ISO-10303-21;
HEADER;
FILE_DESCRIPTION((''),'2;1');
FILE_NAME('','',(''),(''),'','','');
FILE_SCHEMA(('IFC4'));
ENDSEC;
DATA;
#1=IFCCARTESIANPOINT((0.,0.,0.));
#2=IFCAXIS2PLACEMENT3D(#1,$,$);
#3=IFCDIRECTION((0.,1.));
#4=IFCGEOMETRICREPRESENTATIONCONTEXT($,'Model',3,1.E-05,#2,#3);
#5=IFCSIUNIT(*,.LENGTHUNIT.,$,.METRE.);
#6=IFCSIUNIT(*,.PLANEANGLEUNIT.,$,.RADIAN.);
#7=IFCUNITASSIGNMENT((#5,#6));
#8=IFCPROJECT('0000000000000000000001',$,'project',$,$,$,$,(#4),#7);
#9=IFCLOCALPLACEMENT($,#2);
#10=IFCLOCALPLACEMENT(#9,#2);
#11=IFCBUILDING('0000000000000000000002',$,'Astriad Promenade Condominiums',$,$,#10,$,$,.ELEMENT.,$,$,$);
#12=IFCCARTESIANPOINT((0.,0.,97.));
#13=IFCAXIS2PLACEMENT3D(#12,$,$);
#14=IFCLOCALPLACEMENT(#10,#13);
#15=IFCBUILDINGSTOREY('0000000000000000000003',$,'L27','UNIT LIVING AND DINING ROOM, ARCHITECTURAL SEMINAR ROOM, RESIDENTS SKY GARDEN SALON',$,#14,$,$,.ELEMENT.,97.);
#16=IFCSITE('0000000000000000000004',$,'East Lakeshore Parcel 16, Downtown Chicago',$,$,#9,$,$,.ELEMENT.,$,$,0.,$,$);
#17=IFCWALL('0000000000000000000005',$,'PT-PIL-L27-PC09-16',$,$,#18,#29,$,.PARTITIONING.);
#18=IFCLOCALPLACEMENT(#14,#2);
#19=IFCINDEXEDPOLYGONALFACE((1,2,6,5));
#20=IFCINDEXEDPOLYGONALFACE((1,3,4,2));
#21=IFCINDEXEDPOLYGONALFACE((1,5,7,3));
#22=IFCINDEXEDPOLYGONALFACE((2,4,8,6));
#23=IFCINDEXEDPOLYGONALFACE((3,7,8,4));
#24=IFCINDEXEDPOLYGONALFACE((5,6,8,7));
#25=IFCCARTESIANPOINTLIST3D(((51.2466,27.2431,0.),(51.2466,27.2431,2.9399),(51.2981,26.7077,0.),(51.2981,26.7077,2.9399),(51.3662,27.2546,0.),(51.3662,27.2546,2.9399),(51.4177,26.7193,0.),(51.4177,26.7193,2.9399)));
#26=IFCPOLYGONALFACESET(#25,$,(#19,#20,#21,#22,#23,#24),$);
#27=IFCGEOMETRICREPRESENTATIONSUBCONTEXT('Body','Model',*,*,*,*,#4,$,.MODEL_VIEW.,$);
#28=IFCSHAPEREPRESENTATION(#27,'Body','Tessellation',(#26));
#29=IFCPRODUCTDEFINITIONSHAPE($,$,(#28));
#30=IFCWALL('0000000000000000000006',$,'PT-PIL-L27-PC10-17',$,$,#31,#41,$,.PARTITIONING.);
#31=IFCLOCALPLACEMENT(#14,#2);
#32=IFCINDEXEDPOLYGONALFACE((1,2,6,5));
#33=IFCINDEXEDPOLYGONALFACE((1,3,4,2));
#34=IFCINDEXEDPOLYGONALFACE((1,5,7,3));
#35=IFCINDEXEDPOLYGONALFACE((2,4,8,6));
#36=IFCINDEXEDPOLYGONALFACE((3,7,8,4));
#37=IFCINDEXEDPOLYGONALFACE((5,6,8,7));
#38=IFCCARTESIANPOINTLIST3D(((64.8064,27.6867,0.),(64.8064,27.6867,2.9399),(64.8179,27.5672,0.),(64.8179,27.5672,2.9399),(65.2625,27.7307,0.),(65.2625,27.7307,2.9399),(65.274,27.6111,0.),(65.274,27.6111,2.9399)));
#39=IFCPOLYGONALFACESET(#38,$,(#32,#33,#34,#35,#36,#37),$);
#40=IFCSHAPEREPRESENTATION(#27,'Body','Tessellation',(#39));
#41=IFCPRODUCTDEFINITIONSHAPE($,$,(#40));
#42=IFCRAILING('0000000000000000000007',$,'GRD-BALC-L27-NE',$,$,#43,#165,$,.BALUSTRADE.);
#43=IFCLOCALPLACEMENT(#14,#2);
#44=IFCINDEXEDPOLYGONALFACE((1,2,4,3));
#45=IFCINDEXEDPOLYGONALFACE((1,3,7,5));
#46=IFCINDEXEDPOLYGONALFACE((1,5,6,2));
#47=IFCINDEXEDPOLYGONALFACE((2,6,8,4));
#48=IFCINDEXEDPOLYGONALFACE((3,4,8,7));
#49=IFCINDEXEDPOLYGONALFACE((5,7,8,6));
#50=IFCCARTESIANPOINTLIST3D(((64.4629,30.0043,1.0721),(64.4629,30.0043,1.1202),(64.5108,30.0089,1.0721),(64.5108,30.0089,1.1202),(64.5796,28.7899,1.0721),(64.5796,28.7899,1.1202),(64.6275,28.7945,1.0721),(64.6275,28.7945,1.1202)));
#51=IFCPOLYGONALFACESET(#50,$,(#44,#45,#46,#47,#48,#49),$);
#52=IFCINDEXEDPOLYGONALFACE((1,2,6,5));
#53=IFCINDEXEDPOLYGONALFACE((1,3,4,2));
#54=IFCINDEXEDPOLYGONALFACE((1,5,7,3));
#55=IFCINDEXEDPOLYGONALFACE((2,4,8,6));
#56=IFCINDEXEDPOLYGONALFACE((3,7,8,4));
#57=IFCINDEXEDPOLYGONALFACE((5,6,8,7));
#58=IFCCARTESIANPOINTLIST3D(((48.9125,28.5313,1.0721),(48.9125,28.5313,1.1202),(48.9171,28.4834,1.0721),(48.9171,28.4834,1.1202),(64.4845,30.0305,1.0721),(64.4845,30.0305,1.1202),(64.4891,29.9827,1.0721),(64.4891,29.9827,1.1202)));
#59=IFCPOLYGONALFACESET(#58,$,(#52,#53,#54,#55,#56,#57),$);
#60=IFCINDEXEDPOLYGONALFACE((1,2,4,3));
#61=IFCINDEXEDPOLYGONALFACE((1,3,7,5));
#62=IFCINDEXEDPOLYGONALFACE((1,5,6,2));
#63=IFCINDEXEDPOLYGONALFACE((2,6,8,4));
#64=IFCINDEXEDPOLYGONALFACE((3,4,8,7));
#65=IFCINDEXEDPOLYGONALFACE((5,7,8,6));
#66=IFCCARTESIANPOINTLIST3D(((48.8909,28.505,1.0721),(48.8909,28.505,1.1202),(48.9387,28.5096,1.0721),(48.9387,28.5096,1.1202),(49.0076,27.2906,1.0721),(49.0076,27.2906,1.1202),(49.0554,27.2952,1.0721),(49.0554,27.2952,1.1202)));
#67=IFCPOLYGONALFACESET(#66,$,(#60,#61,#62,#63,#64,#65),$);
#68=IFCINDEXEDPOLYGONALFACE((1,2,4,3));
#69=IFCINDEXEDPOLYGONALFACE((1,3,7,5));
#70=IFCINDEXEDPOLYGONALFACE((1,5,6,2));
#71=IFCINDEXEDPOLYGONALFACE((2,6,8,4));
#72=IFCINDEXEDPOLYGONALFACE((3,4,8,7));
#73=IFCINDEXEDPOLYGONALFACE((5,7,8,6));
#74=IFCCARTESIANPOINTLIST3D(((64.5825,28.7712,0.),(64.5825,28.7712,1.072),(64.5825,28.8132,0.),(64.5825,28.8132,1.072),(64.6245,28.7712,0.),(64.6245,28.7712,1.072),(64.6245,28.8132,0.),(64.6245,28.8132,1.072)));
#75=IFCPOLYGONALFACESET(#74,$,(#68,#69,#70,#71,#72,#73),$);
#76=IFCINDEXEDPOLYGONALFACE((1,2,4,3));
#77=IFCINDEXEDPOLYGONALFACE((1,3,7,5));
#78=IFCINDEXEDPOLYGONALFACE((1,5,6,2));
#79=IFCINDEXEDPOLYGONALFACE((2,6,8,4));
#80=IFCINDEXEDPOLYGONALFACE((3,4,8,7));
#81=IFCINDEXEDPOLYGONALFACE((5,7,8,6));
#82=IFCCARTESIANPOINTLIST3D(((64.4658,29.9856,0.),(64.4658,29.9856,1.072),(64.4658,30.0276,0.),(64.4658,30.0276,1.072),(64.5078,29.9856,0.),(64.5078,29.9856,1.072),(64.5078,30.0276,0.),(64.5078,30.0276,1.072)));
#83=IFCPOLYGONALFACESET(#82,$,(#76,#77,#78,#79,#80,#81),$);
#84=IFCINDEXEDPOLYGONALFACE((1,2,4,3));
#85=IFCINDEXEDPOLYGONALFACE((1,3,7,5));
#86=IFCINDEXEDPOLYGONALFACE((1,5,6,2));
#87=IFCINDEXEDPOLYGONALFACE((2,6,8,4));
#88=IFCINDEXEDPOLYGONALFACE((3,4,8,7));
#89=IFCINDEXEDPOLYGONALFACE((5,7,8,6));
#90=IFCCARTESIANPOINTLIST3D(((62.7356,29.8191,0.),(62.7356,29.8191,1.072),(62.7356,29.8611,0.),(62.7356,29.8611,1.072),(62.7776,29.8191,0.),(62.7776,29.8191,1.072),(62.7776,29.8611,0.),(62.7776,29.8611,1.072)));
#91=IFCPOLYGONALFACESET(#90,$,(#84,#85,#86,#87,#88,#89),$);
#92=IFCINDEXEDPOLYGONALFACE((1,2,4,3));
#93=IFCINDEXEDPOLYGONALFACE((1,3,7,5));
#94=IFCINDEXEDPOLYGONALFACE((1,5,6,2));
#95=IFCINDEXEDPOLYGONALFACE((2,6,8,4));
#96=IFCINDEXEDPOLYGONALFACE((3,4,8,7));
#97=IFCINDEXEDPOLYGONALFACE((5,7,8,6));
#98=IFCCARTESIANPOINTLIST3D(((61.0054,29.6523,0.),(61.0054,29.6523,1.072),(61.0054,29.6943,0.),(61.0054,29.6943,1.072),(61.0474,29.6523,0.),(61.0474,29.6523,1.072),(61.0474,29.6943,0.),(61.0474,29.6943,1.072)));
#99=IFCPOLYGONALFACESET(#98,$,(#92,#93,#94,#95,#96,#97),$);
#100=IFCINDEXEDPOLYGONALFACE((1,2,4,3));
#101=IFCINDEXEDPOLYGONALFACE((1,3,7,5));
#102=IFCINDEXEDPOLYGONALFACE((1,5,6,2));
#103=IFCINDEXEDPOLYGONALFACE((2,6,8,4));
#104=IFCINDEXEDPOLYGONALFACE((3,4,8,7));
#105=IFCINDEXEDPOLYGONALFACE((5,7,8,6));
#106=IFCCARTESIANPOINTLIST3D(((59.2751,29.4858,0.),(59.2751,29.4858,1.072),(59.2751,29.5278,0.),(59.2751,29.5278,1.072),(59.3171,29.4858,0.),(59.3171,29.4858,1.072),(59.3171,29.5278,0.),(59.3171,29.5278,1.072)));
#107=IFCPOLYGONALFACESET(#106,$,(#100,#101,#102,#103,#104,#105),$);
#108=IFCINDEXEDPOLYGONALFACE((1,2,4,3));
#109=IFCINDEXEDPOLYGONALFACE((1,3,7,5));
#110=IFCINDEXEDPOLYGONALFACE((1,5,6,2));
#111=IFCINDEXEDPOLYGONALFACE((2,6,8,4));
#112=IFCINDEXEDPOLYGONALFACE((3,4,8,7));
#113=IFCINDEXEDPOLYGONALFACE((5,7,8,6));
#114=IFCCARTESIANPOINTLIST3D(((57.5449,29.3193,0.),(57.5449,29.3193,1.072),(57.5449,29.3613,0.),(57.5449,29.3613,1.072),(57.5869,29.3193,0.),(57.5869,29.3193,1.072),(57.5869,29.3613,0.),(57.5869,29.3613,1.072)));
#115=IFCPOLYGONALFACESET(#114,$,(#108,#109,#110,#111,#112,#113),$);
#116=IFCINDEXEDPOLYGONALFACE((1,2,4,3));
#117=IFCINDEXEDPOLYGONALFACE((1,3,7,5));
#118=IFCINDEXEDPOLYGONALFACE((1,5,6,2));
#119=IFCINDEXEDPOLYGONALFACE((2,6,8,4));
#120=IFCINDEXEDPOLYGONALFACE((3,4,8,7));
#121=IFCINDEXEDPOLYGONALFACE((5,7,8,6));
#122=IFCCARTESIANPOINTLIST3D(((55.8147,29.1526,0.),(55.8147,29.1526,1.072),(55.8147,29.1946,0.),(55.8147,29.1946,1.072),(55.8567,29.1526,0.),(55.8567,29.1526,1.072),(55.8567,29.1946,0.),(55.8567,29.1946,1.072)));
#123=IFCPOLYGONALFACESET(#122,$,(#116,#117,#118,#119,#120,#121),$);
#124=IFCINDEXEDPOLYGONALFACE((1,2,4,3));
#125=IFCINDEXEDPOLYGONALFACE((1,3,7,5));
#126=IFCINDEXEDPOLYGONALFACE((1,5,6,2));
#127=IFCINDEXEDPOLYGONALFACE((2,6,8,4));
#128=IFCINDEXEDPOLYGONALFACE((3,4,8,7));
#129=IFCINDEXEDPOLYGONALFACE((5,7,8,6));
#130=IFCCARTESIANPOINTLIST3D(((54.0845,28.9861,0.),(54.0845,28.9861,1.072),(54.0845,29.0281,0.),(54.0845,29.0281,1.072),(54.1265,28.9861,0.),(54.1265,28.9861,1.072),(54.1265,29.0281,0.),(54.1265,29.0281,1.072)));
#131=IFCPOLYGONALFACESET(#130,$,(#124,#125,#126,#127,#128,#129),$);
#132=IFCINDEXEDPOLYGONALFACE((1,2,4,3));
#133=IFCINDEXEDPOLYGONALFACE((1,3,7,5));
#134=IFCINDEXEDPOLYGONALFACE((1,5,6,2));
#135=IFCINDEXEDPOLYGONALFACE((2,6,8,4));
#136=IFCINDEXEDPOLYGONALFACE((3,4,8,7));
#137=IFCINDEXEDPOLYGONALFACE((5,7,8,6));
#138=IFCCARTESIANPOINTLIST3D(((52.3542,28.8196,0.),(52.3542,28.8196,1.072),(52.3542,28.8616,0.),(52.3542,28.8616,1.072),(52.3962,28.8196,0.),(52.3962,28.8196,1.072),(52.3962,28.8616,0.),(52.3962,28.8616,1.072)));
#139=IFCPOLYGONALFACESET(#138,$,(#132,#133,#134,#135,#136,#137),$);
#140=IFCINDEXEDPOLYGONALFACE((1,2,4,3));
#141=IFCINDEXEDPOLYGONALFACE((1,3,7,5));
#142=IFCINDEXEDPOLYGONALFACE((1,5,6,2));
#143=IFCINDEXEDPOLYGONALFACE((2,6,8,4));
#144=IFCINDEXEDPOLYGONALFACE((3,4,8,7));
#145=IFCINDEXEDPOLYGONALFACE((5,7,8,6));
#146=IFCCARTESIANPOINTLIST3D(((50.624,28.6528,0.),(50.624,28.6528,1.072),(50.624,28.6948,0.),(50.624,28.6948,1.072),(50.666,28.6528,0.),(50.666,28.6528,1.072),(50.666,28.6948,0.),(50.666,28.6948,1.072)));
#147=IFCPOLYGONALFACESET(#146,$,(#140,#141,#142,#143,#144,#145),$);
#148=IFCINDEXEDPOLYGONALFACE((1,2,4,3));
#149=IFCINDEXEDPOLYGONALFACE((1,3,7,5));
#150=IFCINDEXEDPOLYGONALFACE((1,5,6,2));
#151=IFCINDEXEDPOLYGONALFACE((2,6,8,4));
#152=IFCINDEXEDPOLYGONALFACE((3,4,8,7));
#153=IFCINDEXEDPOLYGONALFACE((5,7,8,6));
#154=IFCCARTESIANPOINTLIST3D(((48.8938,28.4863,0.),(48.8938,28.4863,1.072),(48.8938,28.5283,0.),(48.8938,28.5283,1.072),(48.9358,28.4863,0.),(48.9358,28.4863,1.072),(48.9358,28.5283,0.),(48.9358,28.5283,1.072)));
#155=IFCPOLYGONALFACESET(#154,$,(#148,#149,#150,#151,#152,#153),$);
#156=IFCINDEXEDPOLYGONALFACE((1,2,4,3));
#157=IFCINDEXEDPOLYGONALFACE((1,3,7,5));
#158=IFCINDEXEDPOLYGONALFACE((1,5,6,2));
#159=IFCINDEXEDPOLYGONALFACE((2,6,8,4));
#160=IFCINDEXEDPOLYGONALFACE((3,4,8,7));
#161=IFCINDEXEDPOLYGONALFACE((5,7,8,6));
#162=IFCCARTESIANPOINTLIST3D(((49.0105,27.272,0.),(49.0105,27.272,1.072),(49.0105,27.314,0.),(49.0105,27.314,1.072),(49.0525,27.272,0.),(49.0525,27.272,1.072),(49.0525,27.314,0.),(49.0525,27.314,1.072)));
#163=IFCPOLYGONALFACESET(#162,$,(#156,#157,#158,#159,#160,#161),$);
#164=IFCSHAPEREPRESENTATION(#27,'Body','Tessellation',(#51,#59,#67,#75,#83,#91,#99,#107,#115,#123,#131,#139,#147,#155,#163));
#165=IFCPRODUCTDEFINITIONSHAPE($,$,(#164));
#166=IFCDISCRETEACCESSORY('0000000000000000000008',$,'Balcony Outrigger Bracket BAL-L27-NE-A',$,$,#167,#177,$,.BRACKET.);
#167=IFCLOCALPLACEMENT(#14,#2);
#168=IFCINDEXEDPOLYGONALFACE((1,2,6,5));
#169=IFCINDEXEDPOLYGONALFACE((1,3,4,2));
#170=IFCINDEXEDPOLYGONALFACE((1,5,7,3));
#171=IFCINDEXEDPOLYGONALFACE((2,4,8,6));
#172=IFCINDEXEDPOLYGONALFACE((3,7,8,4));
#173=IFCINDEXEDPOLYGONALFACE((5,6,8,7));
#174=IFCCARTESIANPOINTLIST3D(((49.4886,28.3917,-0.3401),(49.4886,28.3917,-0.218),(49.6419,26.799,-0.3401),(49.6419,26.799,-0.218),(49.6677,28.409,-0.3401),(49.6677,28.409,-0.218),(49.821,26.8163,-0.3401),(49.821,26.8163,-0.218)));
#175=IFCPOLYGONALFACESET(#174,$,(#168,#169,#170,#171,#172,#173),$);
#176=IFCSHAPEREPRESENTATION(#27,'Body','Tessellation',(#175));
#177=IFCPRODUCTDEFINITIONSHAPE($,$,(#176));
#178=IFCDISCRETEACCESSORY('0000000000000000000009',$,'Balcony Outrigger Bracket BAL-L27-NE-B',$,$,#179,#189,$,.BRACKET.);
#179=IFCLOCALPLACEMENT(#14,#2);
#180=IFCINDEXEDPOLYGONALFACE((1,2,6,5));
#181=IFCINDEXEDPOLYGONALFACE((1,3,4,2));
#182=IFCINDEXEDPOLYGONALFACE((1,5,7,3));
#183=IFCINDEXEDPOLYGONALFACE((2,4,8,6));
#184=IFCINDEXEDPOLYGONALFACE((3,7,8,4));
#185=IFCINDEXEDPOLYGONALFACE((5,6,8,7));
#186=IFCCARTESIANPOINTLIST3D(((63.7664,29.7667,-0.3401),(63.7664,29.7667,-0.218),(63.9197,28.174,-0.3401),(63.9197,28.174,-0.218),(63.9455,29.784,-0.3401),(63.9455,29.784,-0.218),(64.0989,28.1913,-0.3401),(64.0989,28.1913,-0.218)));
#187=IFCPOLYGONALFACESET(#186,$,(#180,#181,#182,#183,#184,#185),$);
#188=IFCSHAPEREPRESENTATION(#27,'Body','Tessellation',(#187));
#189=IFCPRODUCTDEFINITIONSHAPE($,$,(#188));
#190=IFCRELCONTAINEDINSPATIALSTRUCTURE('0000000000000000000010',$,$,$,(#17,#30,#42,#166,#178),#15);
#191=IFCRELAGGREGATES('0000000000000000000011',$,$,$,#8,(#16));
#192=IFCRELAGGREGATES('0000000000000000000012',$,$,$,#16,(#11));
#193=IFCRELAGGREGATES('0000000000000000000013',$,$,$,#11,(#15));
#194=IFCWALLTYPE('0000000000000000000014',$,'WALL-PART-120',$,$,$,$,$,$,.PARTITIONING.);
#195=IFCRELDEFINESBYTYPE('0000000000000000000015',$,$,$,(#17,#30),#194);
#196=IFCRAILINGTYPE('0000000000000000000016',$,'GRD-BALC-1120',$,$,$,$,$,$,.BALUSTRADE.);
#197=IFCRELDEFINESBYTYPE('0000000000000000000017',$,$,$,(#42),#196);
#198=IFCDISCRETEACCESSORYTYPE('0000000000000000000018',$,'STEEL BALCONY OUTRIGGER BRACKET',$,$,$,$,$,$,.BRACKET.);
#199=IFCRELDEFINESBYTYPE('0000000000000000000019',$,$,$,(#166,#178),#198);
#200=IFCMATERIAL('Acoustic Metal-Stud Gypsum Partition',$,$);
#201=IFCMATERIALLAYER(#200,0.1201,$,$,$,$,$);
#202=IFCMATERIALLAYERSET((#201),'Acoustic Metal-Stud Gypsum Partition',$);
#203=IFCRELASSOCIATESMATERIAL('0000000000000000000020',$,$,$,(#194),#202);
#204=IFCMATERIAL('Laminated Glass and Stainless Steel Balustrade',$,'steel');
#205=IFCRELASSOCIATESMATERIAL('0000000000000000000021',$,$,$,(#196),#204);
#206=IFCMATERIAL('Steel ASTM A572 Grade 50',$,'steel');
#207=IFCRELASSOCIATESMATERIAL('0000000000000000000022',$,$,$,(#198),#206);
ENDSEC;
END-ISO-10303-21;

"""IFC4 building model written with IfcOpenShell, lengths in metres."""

from ifc_helpers import new_model, si_unit, direction, frame, frame_2d, origin, origin_2d, place, context, subcontext, project, spatial, rectangle, extrude, source, transform, mapped, material, layer, layer_set, type_object, type_shapes, element, save


model = new_model("IFC4")

# Units and contexts
model_context = context("Model", 3, precision=1e-05, world=origin(), true_north=direction((0.0, 1.0)))
body_context = subcontext(model_context, "Body", "Model", "MODEL_VIEW")
ifc_project = project(units=[si_unit("LENGTHUNIT", "METRE"), si_unit("PLANEANGLEUNIT", "RADIAN")], contexts=[model_context])

# Site, building, storey
site_placement = place(None, origin())
site = spatial("IfcSite", under=ifc_project, at=site_placement, Name="East Lakeshore Parcel 16, Downtown Chicago", CompositionType="ELEMENT", RefElevation=0.0)
building_placement = place(site_placement, origin())
building = spatial("IfcBuilding", under=site, at=building_placement, Name="Astriad Promenade Condominiums", CompositionType="ELEMENT")
storey_placement = place(building_placement, frame((0.0, 0.0, 97.0)))
storey = spatial("IfcBuildingStorey", under=building, at=storey_placement, Name="L27", Description="UNIT LIVING AND DINING ROOM, ARCHITECTURAL SEMINAR ROOM, RESIDENTS SKY GARDEN SALON", CompositionType="ELEMENT", Elevation=97.0)

# Shared definitions
ifc_material_1 = material(Name="Acoustic Metal-Stud Gypsum Partition")
ifc_layer_1 = layer(ifc_material_1, 0.1201)
ifc_layer_set_1 = layer_set([ifc_layer_1], Name="Acoustic Metal-Stud Gypsum Partition")
wall_type_1 = type_object("IfcWallType", Name="WALL-PART-120", PredefinedType="PARTITIONING", material=ifc_layer_set_1)

# Walls
wall_1_placement = place(storey_placement, frame((51.3579, 26.7134, 0.0), z_axis=(0.0, 0.0, 1.0), x_axis=(-0.095773, 0.995403, 0.0)))
element("IfcWall", 1, at=wall_1_placement, inside=storey, type_object=wall_type_1, Name="PT-PIL-L27-PC09-16", PredefinedType="PARTITIONING", context=body_context, shape_type="SweptSolid", body=[
    extrude(rectangle(XDim=0.5378, YDim=0.1201, at=frame_2d((0.269, 0.0))), origin(), (0.0, 0.0, 1.0), 2.9399),
])
wall_2_placement = place(storey_placement, frame((64.8123, 27.627, 0.0), z_axis=(0.0, 0.0, 1.0), x_axis=(0.995389, 0.095915, 0.0)))
element("IfcWall", 2, at=wall_2_placement, inside=storey, type_object=wall_type_1, Name="PT-PIL-L27-PC10-17", PredefinedType="PARTITIONING", context=body_context, shape_type="SweptSolid", body=[
    extrude(rectangle(XDim=0.4583, YDim=0.1201, at=frame_2d((0.229, 0.0))), origin(), (0.0, 0.0, 1.0), 2.9399),
])

# Railing
ifc_material_2 = material(Name="Laminated Glass and Stainless Steel Balustrade", Category="steel")
railing_type = type_object("IfcRailingType", Name="GRD-BALC-1120", PredefinedType="BALUSTRADE", material=ifc_material_2)
shared_shape_1 = source(origin(), body_context, "Body", "SweptSolid", [
    extrude(rectangle(XDim=0.0481, YDim=0.0481, at=origin_2d()), frame((0.0, 0.0, 1.0962), z_axis=(-0.095659, 0.995414, 0.0), x_axis=(-0.995414, -0.095659, 0.0)), (0.0, 0.0, 1.0), 1.22),
    extrude(rectangle(XDim=0.0481, YDim=0.0481, at=origin_2d()), frame((-0.1167, 1.2144, 1.0962), z_axis=(-0.995397, -0.095836, 0.0), x_axis=(0.095836, -0.995397, 0.0)), (0.0, 0.0, 1.0), 15.644),
    extrude(rectangle(XDim=0.0481, YDim=0.0481, at=origin_2d()), frame((-15.6887, -0.2849, 1.0962), z_axis=(0.095659, -0.995414, 0.0), x_axis=(0.995414, 0.095659, 0.0)), (0.0, 0.0, 1.0), 1.22),
    extrude(rectangle(XDim=0.042, YDim=0.042, at=origin_2d()), origin(), (0.0, 0.0, 1.0), 1.072),
    extrude(rectangle(XDim=0.042, YDim=0.042, at=origin_2d()), frame((-0.1167, 1.2144, 0.0)), (0.0, 0.0, 1.0), 1.072),
    extrude(rectangle(XDim=0.042, YDim=0.042, at=origin_2d()), frame((-1.8469, 1.0479, 0.0)), (0.0, 0.0, 1.0), 1.072),
    extrude(rectangle(XDim=0.042, YDim=0.042, at=origin_2d()), frame((-3.5771, 0.8811, 0.0)), (0.0, 0.0, 1.0), 1.072),
    extrude(rectangle(XDim=0.042, YDim=0.042, at=origin_2d()), frame((-5.3074, 0.7146, 0.0)), (0.0, 0.0, 1.0), 1.072),
    extrude(rectangle(XDim=0.042, YDim=0.042, at=origin_2d()), frame((-7.0376, 0.5481, 0.0)), (0.0, 0.0, 1.0), 1.072),
    extrude(rectangle(XDim=0.042, YDim=0.042, at=origin_2d()), frame((-8.7678, 0.3813, 0.0)), (0.0, 0.0, 1.0), 1.072),
    extrude(rectangle(XDim=0.042, YDim=0.042, at=origin_2d()), frame((-10.498, 0.2148, 0.0)), (0.0, 0.0, 1.0), 1.072),
    extrude(rectangle(XDim=0.042, YDim=0.042, at=origin_2d()), frame((-12.2283, 0.0483, 0.0)), (0.0, 0.0, 1.0), 1.072),
    extrude(rectangle(XDim=0.042, YDim=0.042, at=origin_2d()), frame((-13.9585, -0.1184, 0.0)), (0.0, 0.0, 1.0), 1.072),
    extrude(rectangle(XDim=0.042, YDim=0.042, at=origin_2d()), frame((-15.6887, -0.2849, 0.0)), (0.0, 0.0, 1.0), 1.072),
    extrude(rectangle(XDim=0.042, YDim=0.042, at=origin_2d()), frame((-15.572, -1.4993, 0.0)), (0.0, 0.0, 1.0), 1.072),
])
type_shapes(railing_type, [shared_shape_1])
railing_placement = place(storey_placement, frame((64.6035, 28.7922, 0.0)))
element("IfcRailing", 3, at=railing_placement, inside=storey, type_object=railing_type, Name="GRD-BALC-L27-NE", PredefinedType="BALUSTRADE", context=body_context, shape_type="MappedRepresentation", body=[
    mapped(shared_shape_1, transform((0.0, 0.0, 0.0), scale=1.0)),
])

# Discrete accessories
ifc_material_3 = material(Name="Steel ASTM A572 Grade 50", Category="steel")
discrete_accessory_type = type_object("IfcDiscreteAccessoryType", Name="STEEL BALCONY OUTRIGGER BRACKET", PredefinedType="BRACKET", material=ifc_material_3)
shared_shape_2 = source(origin(), body_context, "Body", "SweptSolid", [
    extrude(rectangle(XDim=1.6001, YDim=0.1799, at=origin_2d()), origin(), (0.0, 0.0, 1.0), 0.1221),
])
type_shapes(discrete_accessory_type, [shared_shape_2])
for number, where, z_axis, x_axis, name in (
    (4, (49.6548, 27.604, -0.3401), (0.0, 0.0, 1.0), (-0.095846, 0.995396, 0.0), "Balcony Outrigger Bracket BAL-L27-NE-A"),
    (5, (63.9326, 28.979, -0.3401), (0.0, 0.0, 1.0), (-0.095846, 0.995396, 0.0), "Balcony Outrigger Bracket BAL-L27-NE-B"),
):
    element("IfcDiscreteAccessory", number, at=place(storey_placement, frame(where, z_axis=z_axis, x_axis=x_axis)), inside=storey, type_object=discrete_accessory_type, Name=name, PredefinedType="BRACKET", context=body_context, shape_type="MappedRepresentation", body=[
        mapped(shared_shape_2, transform((0.0, 0.0, 0.0), scale=1.0)),
    ])

save(model, "model.ifc")
